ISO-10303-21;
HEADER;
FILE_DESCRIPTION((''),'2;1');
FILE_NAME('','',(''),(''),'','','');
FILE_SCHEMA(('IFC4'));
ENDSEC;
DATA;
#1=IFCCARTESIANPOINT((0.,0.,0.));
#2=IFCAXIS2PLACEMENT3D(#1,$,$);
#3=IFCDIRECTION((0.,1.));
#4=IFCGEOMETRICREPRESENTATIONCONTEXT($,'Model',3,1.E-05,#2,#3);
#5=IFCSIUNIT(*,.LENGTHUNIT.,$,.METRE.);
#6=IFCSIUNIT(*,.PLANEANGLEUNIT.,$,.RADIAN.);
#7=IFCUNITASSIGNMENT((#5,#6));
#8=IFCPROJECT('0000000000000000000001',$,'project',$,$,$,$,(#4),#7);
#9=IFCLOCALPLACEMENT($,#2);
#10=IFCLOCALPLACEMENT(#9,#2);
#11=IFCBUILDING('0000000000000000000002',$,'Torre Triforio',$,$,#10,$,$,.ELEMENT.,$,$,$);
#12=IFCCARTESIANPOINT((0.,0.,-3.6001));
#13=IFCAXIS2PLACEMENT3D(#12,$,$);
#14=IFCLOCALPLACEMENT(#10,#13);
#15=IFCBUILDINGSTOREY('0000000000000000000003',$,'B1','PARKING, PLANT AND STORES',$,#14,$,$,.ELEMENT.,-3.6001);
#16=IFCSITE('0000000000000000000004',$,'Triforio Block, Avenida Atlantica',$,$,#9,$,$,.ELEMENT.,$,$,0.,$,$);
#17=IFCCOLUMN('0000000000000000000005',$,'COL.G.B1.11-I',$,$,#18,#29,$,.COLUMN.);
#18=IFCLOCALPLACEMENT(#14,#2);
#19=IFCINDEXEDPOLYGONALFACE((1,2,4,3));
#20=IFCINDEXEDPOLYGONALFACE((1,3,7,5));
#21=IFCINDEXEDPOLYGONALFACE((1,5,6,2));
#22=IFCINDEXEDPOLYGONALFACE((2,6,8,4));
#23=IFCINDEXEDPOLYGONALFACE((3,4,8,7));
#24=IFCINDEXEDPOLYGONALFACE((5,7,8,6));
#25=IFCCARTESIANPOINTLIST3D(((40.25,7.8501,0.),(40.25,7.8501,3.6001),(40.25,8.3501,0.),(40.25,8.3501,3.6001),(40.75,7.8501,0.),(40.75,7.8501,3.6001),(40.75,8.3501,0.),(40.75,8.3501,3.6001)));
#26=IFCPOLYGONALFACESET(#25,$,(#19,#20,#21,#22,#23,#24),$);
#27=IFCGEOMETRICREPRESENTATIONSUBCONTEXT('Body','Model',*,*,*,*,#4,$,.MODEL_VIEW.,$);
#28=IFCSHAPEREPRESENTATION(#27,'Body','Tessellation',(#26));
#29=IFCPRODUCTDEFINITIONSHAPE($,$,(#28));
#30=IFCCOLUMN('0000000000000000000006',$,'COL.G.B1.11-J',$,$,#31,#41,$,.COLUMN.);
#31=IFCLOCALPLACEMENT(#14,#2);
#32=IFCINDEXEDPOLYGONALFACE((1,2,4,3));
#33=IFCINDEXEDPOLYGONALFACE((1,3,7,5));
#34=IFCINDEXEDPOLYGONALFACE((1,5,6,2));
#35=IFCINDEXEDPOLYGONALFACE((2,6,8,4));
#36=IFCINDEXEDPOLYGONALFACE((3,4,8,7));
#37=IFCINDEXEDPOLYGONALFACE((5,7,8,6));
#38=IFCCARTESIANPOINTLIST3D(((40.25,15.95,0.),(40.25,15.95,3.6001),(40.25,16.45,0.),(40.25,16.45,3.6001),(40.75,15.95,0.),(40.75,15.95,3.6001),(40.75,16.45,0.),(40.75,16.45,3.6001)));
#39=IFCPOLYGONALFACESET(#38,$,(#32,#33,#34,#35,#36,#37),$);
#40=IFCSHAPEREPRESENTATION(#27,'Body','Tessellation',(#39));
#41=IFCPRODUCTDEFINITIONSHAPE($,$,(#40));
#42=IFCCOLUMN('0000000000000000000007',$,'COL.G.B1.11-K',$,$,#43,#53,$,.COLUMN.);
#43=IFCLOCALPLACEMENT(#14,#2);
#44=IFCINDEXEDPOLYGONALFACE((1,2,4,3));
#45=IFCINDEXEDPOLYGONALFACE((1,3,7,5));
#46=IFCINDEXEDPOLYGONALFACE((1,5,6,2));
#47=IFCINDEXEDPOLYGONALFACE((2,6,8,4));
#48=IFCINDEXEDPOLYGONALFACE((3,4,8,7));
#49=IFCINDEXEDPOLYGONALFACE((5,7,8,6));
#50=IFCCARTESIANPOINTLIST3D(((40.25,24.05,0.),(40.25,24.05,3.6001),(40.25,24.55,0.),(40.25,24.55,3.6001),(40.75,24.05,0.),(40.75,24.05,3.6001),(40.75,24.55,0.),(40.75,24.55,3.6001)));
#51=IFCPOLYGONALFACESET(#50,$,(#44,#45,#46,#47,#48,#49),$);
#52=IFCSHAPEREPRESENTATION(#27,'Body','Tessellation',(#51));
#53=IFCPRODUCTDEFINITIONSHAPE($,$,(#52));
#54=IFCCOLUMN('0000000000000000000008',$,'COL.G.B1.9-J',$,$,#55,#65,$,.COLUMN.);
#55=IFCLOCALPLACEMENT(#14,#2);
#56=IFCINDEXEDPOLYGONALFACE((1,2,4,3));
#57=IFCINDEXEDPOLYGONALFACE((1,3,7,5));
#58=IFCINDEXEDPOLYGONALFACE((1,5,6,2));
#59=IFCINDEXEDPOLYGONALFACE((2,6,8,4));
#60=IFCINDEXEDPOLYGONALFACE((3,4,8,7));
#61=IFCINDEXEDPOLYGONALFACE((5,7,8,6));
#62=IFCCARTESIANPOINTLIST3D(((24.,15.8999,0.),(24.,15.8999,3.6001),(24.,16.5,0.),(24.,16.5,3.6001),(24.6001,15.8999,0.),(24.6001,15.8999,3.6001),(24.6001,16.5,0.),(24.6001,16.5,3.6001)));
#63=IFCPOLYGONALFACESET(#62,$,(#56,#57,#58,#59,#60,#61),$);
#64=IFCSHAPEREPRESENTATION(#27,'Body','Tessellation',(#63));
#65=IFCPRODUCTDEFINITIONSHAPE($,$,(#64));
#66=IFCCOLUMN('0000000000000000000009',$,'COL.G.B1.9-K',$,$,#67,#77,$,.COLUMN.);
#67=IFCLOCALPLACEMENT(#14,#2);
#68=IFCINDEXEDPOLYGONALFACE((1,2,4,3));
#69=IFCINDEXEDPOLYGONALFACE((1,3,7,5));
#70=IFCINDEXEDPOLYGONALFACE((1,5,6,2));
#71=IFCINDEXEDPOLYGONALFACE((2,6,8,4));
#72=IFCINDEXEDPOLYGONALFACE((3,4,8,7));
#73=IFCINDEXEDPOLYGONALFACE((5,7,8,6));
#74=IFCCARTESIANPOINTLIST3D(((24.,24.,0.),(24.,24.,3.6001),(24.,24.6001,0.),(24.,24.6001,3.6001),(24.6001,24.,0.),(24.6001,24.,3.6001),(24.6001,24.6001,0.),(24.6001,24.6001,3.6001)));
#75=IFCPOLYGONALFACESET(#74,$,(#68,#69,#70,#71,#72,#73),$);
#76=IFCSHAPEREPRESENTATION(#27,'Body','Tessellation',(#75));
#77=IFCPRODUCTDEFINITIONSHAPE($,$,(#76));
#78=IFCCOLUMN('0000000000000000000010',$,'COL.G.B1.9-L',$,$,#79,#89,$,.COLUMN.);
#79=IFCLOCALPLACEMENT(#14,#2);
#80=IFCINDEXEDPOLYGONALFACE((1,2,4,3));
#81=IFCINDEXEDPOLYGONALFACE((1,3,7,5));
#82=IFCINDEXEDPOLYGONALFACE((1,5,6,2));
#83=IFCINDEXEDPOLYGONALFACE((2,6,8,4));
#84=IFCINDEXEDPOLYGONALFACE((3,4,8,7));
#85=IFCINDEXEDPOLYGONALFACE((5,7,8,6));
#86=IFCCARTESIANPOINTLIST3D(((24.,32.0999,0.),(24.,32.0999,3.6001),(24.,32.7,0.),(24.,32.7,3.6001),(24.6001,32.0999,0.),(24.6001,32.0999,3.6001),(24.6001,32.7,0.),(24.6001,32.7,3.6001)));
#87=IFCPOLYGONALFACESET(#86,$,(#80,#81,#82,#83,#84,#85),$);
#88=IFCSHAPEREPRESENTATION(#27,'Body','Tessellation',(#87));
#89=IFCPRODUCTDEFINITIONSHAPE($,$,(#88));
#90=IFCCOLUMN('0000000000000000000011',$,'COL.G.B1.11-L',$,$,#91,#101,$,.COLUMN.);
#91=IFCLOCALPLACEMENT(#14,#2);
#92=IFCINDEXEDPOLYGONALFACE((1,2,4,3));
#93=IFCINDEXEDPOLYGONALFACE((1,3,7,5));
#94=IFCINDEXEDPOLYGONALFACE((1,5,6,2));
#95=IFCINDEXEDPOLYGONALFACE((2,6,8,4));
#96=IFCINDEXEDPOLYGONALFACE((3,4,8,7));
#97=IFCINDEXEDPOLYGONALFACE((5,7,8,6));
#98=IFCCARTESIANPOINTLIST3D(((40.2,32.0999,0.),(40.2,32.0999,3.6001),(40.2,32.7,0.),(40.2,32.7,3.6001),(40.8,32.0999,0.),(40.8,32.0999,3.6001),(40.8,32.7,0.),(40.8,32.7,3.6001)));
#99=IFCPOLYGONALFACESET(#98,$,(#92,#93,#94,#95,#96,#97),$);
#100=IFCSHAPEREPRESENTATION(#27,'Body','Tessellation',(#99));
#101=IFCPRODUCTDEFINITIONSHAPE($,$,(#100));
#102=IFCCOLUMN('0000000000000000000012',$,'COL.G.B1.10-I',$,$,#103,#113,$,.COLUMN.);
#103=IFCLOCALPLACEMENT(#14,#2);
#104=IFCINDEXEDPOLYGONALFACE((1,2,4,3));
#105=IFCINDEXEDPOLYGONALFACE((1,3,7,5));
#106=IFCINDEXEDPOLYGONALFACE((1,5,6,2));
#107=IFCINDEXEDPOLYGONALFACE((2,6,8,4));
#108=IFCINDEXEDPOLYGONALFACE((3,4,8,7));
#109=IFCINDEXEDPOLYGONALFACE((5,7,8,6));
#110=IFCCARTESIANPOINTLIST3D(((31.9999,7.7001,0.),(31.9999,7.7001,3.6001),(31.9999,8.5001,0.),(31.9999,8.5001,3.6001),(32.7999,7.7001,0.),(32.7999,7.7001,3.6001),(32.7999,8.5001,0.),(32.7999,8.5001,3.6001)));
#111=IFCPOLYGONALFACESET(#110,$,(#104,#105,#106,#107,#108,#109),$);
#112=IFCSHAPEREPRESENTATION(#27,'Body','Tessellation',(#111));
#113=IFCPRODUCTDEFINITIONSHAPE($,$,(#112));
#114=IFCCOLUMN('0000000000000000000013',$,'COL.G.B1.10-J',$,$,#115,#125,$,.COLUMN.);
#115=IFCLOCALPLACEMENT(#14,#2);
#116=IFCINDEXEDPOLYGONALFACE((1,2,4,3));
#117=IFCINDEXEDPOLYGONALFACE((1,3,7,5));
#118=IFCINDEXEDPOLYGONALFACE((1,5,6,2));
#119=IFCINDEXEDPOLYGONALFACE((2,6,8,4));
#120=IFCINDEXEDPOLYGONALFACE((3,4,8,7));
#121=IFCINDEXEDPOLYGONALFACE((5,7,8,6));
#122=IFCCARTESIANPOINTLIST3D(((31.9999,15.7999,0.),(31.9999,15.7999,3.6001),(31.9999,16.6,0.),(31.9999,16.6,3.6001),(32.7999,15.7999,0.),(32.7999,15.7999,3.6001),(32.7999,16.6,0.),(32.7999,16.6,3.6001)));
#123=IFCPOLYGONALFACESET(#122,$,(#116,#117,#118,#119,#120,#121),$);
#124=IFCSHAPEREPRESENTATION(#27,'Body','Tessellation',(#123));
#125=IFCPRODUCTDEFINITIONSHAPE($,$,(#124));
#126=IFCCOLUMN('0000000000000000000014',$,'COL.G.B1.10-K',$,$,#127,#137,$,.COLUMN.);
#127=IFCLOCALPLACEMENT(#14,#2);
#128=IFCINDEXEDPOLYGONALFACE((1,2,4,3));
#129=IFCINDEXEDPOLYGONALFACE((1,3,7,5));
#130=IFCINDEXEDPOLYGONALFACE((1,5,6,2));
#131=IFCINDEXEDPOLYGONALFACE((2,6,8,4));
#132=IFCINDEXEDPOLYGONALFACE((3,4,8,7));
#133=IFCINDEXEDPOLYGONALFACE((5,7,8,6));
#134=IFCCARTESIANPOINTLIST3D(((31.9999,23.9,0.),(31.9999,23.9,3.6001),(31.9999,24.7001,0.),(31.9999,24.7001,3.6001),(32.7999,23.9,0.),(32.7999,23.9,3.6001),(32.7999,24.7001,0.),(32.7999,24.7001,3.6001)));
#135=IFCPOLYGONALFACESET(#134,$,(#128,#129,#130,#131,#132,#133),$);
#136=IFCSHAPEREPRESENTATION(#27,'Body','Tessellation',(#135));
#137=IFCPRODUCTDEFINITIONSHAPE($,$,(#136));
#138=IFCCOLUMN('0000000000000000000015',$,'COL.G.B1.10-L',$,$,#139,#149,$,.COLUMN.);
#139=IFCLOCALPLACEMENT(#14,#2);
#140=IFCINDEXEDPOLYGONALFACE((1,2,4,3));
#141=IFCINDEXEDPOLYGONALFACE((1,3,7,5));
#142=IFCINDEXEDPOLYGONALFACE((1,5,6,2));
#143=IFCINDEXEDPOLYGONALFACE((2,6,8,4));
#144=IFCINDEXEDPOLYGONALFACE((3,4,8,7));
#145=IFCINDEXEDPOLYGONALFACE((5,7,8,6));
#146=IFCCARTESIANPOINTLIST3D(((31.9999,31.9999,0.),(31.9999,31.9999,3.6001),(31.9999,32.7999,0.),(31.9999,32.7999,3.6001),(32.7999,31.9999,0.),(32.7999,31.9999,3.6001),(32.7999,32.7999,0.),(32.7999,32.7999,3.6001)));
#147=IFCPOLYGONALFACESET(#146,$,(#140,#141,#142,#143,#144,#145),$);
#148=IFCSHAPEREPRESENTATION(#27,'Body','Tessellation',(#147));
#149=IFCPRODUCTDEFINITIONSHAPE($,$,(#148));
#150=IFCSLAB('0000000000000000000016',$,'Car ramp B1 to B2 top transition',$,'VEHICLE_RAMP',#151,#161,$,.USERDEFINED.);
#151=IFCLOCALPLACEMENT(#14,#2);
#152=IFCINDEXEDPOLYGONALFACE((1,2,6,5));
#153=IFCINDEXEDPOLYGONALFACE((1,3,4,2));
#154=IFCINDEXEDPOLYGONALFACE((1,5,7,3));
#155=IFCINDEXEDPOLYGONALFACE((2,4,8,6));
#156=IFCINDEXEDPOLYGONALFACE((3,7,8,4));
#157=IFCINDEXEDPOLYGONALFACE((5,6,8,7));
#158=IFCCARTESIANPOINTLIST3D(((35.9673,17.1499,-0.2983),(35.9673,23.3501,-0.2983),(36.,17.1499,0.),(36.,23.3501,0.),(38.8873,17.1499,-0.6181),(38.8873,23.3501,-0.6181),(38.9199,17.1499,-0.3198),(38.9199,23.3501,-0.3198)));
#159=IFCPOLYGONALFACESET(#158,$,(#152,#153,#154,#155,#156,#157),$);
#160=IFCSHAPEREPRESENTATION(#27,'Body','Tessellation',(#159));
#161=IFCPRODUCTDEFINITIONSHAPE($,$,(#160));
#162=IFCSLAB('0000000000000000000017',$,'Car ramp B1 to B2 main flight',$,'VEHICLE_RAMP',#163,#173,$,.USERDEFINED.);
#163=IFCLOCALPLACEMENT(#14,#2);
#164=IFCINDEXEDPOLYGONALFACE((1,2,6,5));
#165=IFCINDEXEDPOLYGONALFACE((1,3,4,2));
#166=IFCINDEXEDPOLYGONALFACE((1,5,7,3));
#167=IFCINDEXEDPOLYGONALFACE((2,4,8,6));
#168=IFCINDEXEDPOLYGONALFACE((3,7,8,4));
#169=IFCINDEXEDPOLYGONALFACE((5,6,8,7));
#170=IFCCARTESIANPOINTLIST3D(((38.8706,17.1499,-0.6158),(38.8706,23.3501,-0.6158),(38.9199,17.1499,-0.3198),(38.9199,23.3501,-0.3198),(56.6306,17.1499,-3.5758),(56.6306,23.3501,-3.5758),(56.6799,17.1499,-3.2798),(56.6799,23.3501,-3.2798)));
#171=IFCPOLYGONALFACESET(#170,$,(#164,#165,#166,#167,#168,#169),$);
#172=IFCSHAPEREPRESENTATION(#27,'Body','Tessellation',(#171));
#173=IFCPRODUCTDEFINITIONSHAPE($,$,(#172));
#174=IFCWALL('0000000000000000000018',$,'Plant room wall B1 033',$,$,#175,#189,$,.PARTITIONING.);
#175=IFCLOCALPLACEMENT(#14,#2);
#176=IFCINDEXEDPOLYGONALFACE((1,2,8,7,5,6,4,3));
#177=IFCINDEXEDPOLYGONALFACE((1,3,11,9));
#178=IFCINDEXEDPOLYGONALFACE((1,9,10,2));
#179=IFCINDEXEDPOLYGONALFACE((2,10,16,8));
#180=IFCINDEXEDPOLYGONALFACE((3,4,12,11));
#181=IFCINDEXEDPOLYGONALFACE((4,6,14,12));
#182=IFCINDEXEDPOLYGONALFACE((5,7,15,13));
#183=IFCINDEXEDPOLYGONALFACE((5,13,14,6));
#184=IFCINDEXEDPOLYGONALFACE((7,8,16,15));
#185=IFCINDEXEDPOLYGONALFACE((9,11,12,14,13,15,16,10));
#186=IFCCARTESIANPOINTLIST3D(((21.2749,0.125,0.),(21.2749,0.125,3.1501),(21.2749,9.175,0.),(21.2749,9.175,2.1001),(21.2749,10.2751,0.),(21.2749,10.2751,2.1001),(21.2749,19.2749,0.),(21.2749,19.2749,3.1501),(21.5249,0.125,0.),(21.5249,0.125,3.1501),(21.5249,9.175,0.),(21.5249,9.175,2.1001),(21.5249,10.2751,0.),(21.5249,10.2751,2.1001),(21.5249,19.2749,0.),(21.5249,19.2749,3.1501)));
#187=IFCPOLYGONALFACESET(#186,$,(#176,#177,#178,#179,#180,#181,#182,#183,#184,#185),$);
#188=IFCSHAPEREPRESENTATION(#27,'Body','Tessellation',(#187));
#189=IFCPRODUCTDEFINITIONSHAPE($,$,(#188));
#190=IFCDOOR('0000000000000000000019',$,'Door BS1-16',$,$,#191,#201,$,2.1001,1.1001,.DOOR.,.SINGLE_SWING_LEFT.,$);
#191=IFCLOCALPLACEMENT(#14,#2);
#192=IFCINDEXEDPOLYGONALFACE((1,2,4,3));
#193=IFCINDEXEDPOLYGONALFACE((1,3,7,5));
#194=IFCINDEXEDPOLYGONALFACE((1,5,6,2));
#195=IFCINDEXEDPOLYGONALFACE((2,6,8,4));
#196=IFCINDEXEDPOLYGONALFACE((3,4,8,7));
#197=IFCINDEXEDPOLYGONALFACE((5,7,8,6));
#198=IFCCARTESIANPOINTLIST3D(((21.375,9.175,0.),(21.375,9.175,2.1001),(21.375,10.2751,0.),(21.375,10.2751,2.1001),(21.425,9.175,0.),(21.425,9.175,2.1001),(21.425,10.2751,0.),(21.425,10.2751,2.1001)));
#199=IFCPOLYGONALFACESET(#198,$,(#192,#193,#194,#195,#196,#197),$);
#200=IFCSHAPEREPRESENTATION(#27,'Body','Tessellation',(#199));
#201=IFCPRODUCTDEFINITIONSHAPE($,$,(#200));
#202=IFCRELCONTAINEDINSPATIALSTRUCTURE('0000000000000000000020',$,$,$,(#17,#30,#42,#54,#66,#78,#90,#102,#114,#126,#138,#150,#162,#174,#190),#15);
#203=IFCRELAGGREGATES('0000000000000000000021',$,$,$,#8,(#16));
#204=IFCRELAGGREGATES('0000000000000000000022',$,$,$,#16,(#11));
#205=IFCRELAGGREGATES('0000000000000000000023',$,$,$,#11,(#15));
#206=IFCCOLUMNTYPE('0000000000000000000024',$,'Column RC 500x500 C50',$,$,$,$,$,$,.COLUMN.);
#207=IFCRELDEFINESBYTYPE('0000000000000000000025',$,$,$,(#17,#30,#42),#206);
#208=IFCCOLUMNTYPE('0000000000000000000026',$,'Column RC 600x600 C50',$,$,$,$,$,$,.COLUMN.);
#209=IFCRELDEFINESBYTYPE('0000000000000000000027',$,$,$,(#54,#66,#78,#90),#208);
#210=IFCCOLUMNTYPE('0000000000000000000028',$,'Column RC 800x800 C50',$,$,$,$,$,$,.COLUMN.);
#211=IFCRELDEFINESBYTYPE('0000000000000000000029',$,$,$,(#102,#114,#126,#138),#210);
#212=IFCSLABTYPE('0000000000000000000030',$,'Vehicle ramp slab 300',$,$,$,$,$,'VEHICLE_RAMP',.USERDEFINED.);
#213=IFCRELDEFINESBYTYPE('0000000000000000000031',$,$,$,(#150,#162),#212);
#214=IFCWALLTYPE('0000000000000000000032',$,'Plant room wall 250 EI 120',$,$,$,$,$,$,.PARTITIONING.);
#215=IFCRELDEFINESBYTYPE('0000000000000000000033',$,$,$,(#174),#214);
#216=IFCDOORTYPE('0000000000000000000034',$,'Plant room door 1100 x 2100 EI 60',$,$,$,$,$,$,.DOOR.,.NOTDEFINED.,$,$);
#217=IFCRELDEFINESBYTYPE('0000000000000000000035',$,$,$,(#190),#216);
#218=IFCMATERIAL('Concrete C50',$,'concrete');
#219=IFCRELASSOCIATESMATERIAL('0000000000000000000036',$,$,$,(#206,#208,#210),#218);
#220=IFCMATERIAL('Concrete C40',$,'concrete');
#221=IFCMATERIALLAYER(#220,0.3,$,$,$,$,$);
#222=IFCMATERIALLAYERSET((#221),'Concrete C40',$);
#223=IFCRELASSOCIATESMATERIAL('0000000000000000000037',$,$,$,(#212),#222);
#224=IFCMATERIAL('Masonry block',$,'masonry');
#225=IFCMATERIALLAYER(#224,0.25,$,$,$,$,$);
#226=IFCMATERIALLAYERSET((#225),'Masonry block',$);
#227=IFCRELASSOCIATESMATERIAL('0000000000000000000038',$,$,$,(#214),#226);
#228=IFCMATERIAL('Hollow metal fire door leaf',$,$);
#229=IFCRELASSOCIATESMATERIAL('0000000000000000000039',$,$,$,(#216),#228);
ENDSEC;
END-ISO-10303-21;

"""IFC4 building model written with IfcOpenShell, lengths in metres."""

from ifc_helpers import new_model, si_unit, direction, frame, frame_2d, origin, origin_2d, place, context, subcontext, project, spatial, polyline, rectangle, outline, extrude, material, layer, layer_set, material_profile, profile_set, type_object, element, fill, save


model = new_model("IFC4")

# Units and contexts
model_context = context("Model", 3, precision=1e-05, world=origin(), true_north=direction((0.0, 1.0)))
body_context = subcontext(model_context, "Body", "Model", "MODEL_VIEW")
ifc_project = project(units=[si_unit("LENGTHUNIT", "METRE"), si_unit("PLANEANGLEUNIT", "RADIAN")], contexts=[model_context])

# Site, building, storey
site_placement = place(None, origin())
site = spatial("IfcSite", under=ifc_project, at=site_placement, Name="Triforio Block, Avenida Atlantica", CompositionType="ELEMENT", RefElevation=0.0)
building_placement = place(site_placement, origin())
building = spatial("IfcBuilding", under=site, at=building_placement, Name="Torre Triforio", CompositionType="ELEMENT")
storey_placement = place(building_placement, frame((0.0, 0.0, -3.6001)))
storey = spatial("IfcBuildingStorey", under=building, at=storey_placement, Name="B1", Description="PARKING, PLANT AND STORES", CompositionType="ELEMENT", Elevation=-3.6001)

# Columns
ifc_material_1 = material(Name="Concrete C50", Category="concrete")
ifc_material_profile_1 = material_profile(ifc_material_1, rectangle(XDim=0.5, YDim=0.5, at=origin_2d()), Name="RC 500x500")
ifc_profile_set_1 = profile_set([ifc_material_profile_1], Name="Concrete C50")
column_type_1 = type_object("IfcColumnType", Name="Column RC 500x500 C50", PredefinedType="COLUMN", material=ifc_profile_set_1)
for number, where, z_axis, x_axis, name in (
    (1, (40.5, 8.1001, 0.0), (0.0, 0.0, 1.0), (1.0, 0.0, 0.0), "COL.G.B1.11-I"),
    (2, (40.5, 16.2, 0.0), (0.0, 0.0, 1.0), (1.0, 0.0, 0.0), "COL.G.B1.11-J"),
    (3, (40.5, 24.3, 0.0), (0.0, 0.0, 1.0), (1.0, 0.0, 0.0), "COL.G.B1.11-K"),
):
    element("IfcColumn", number, at=place(storey_placement, frame(where, z_axis=z_axis, x_axis=x_axis)), inside=storey, type_object=column_type_1, Name=name, PredefinedType="COLUMN", context=body_context, shape_type="SweptSolid", body=[
        extrude(rectangle(XDim=0.5, YDim=0.5, at=origin_2d()), origin(), (0.0, 0.0, 1.0), 3.6001),
    ])
ifc_material_profile_2 = material_profile(ifc_material_1, rectangle(XDim=0.6001, YDim=0.6001, at=origin_2d()), Name="RC 600x600")
ifc_profile_set_2 = profile_set([ifc_material_profile_2], Name="Concrete C50")
column_type_2 = type_object("IfcColumnType", Name="Column RC 600x600 C50", PredefinedType="COLUMN", material=ifc_profile_set_2)
for number, where, z_axis, x_axis, name in (
    (4, (24.3, 16.2, 0.0), (0.0, 0.0, 1.0), (1.0, 0.0, 0.0), "COL.G.B1.9-J"),
    (5, (24.3, 24.3, 0.0), (0.0, 0.0, 1.0), (1.0, 0.0, 0.0), "COL.G.B1.9-K"),
    (6, (24.3, 32.3999, 0.0), (0.0, 0.0, 1.0), (1.0, 0.0, 0.0), "COL.G.B1.9-L"),
    (7, (40.5, 32.3999, 0.0), (0.0, 0.0, 1.0), (1.0, 0.0, 0.0), "COL.G.B1.11-L"),
):
    element("IfcColumn", number, at=place(storey_placement, frame(where, z_axis=z_axis, x_axis=x_axis)), inside=storey, type_object=column_type_2, Name=name, PredefinedType="COLUMN", context=body_context, shape_type="SweptSolid", body=[
        extrude(rectangle(XDim=0.6001, YDim=0.6001, at=origin_2d()), origin(), (0.0, 0.0, 1.0), 3.6001),
    ])
ifc_material_profile_3 = material_profile(ifc_material_1, rectangle(XDim=0.8, YDim=0.8, at=origin_2d()), Name="RC 800x800")
ifc_profile_set_3 = profile_set([ifc_material_profile_3], Name="Concrete C50")
column_type_3 = type_object("IfcColumnType", Name="Column RC 800x800 C50", PredefinedType="COLUMN", material=ifc_profile_set_3)
for number, where, z_axis, x_axis, name in (
    (8, (32.3999, 8.1001, 0.0), (0.0, 0.0, 1.0), (1.0, 0.0, 0.0), "COL.G.B1.10-I"),
    (9, (32.3999, 16.2, 0.0), (0.0, 0.0, 1.0), (1.0, 0.0, 0.0), "COL.G.B1.10-J"),
    (10, (32.3999, 24.3, 0.0), (0.0, 0.0, 1.0), (1.0, 0.0, 0.0), "COL.G.B1.10-K"),
    (11, (32.3999, 32.3999, 0.0), (0.0, 0.0, 1.0), (1.0, 0.0, 0.0), "COL.G.B1.10-L"),
):
    element("IfcColumn", number, at=place(storey_placement, frame(where, z_axis=z_axis, x_axis=x_axis)), inside=storey, type_object=column_type_3, Name=name, PredefinedType="COLUMN", context=body_context, shape_type="SweptSolid", body=[
        extrude(rectangle(XDim=0.8, YDim=0.8, at=origin_2d()), origin(), (0.0, 0.0, 1.0), 3.6001),
    ])

# Slabs
ifc_material_2 = material(Name="Concrete C40", Category="concrete")
ifc_layer_1 = layer(ifc_material_2, 0.3)
ifc_layer_set_1 = layer_set([ifc_layer_1], Name="Concrete C40")
slab_type = type_object("IfcSlabType", Name="Vehicle ramp slab 300", ElementType="VEHICLE_RAMP", PredefinedType="USERDEFINED", material=ifc_layer_set_1)
slab_1_placement = place(storey_placement, frame((36.0, 17.1499, 0.0), z_axis=(0.108881, 0.0, 0.994055), x_axis=(0.994055, 0.0, -0.108881)))
element("IfcSlab", 12, at=slab_1_placement, inside=storey, type_object=slab_type, Name="Car ramp B1 to B2 top transition", ObjectType="VEHICLE_RAMP", PredefinedType="USERDEFINED", context=body_context, shape_type="SweptSolid", body=[
    extrude(outline(polyline([(0.0, 0.0), (2.9374, 0.0), (2.9374, 6.2002), (0.0, 6.2002), (0.0, 0.0)])), origin(), (0.0, 0.0, -1.0), 0.3),
])
slab_2_placement = place(storey_placement, frame((38.9199, 17.1499, -0.3198), z_axis=(0.164397, 0.0, 0.986394), x_axis=(0.986394, 0.0, -0.164397)))
element("IfcSlab", 13, at=slab_2_placement, inside=storey, type_object=slab_type, Name="Car ramp B1 to B2 main flight", ObjectType="VEHICLE_RAMP", PredefinedType="USERDEFINED", context=body_context, shape_type="SweptSolid", body=[
    extrude(outline(polyline([(0.0, 0.0), (18.005, 0.0), (18.005, 6.2002), (0.0, 6.2002), (0.0, 0.0)])), origin(), (0.0, 0.0, -1.0), 0.3),
])

# Wall, opening, door
ifc_material_3 = material(Name="Masonry block", Category="masonry")
ifc_layer_2 = layer(ifc_material_3, 0.25)
ifc_layer_set_2 = layer_set([ifc_layer_2], Name="Masonry block")
wall_type_1 = type_object("IfcWallType", Name="Plant room wall 250 EI 120", PredefinedType="PARTITIONING", material=ifc_layer_set_2)
wall_placement = place(storey_placement, frame((21.3999, 0.125, 0.0), z_axis=(0.0, 0.0, 1.0), x_axis=(0.0, 1.0, 0.0)))
wall = element("IfcWall", 14, at=wall_placement, inside=storey, type_object=wall_type_1, Name="Plant room wall B1 033", PredefinedType="PARTITIONING", context=body_context, shape_type="SweptSolid", body=[
    extrude(rectangle(XDim=19.1499, YDim=0.25, at=frame_2d((9.575, 0.0))), origin(), (0.0, 0.0, 1.0), 3.1501),
])
opening_placement = place(wall_placement, frame((9.05, 0.0, 0.0)))
opening = element("IfcOpeningElement", 15, at=opening_placement, cuts=wall, PredefinedType="OPENING", context=body_context, shape_type="SweptSolid", body=[
    extrude(rectangle(XDim=1.1001, YDim=2.1001, at=frame_2d((0.55, 1.05))), frame((0.0, 0.135, 0.0), z_axis=(0.0, -1.0, 0.0), x_axis=(1.0, 0.0, 0.0)), (0.0, 0.0, 1.0), 0.27),
])
ifc_material_4 = material(Name="Hollow metal fire door leaf")
door_type = type_object("IfcDoorType", Name="Plant room door 1100 x 2100 EI 60", OperationType="NOTDEFINED", PredefinedType="DOOR", material=ifc_material_4)
door_placement = place(opening_placement, origin())
door = element("IfcDoor", 16, at=door_placement, inside=storey, type_object=door_type, Name="Door BS1-16", OperationType="SINGLE_SWING_LEFT", OverallHeight=2.1001, OverallWidth=1.1001, PredefinedType="DOOR", context=body_context, shape_type="SweptSolid", body=[
    extrude(rectangle(XDim=1.1001, YDim=2.1001, at=frame_2d((0.55, 1.05))), frame((0.0, 0.0249, 0.0), z_axis=(0.0, -1.0, 0.0), x_axis=(1.0, 0.0, 0.0)), (0.0, 0.0, 1.0), 0.05),
])
fill(opening, door)

save(model, "model.ifc")
